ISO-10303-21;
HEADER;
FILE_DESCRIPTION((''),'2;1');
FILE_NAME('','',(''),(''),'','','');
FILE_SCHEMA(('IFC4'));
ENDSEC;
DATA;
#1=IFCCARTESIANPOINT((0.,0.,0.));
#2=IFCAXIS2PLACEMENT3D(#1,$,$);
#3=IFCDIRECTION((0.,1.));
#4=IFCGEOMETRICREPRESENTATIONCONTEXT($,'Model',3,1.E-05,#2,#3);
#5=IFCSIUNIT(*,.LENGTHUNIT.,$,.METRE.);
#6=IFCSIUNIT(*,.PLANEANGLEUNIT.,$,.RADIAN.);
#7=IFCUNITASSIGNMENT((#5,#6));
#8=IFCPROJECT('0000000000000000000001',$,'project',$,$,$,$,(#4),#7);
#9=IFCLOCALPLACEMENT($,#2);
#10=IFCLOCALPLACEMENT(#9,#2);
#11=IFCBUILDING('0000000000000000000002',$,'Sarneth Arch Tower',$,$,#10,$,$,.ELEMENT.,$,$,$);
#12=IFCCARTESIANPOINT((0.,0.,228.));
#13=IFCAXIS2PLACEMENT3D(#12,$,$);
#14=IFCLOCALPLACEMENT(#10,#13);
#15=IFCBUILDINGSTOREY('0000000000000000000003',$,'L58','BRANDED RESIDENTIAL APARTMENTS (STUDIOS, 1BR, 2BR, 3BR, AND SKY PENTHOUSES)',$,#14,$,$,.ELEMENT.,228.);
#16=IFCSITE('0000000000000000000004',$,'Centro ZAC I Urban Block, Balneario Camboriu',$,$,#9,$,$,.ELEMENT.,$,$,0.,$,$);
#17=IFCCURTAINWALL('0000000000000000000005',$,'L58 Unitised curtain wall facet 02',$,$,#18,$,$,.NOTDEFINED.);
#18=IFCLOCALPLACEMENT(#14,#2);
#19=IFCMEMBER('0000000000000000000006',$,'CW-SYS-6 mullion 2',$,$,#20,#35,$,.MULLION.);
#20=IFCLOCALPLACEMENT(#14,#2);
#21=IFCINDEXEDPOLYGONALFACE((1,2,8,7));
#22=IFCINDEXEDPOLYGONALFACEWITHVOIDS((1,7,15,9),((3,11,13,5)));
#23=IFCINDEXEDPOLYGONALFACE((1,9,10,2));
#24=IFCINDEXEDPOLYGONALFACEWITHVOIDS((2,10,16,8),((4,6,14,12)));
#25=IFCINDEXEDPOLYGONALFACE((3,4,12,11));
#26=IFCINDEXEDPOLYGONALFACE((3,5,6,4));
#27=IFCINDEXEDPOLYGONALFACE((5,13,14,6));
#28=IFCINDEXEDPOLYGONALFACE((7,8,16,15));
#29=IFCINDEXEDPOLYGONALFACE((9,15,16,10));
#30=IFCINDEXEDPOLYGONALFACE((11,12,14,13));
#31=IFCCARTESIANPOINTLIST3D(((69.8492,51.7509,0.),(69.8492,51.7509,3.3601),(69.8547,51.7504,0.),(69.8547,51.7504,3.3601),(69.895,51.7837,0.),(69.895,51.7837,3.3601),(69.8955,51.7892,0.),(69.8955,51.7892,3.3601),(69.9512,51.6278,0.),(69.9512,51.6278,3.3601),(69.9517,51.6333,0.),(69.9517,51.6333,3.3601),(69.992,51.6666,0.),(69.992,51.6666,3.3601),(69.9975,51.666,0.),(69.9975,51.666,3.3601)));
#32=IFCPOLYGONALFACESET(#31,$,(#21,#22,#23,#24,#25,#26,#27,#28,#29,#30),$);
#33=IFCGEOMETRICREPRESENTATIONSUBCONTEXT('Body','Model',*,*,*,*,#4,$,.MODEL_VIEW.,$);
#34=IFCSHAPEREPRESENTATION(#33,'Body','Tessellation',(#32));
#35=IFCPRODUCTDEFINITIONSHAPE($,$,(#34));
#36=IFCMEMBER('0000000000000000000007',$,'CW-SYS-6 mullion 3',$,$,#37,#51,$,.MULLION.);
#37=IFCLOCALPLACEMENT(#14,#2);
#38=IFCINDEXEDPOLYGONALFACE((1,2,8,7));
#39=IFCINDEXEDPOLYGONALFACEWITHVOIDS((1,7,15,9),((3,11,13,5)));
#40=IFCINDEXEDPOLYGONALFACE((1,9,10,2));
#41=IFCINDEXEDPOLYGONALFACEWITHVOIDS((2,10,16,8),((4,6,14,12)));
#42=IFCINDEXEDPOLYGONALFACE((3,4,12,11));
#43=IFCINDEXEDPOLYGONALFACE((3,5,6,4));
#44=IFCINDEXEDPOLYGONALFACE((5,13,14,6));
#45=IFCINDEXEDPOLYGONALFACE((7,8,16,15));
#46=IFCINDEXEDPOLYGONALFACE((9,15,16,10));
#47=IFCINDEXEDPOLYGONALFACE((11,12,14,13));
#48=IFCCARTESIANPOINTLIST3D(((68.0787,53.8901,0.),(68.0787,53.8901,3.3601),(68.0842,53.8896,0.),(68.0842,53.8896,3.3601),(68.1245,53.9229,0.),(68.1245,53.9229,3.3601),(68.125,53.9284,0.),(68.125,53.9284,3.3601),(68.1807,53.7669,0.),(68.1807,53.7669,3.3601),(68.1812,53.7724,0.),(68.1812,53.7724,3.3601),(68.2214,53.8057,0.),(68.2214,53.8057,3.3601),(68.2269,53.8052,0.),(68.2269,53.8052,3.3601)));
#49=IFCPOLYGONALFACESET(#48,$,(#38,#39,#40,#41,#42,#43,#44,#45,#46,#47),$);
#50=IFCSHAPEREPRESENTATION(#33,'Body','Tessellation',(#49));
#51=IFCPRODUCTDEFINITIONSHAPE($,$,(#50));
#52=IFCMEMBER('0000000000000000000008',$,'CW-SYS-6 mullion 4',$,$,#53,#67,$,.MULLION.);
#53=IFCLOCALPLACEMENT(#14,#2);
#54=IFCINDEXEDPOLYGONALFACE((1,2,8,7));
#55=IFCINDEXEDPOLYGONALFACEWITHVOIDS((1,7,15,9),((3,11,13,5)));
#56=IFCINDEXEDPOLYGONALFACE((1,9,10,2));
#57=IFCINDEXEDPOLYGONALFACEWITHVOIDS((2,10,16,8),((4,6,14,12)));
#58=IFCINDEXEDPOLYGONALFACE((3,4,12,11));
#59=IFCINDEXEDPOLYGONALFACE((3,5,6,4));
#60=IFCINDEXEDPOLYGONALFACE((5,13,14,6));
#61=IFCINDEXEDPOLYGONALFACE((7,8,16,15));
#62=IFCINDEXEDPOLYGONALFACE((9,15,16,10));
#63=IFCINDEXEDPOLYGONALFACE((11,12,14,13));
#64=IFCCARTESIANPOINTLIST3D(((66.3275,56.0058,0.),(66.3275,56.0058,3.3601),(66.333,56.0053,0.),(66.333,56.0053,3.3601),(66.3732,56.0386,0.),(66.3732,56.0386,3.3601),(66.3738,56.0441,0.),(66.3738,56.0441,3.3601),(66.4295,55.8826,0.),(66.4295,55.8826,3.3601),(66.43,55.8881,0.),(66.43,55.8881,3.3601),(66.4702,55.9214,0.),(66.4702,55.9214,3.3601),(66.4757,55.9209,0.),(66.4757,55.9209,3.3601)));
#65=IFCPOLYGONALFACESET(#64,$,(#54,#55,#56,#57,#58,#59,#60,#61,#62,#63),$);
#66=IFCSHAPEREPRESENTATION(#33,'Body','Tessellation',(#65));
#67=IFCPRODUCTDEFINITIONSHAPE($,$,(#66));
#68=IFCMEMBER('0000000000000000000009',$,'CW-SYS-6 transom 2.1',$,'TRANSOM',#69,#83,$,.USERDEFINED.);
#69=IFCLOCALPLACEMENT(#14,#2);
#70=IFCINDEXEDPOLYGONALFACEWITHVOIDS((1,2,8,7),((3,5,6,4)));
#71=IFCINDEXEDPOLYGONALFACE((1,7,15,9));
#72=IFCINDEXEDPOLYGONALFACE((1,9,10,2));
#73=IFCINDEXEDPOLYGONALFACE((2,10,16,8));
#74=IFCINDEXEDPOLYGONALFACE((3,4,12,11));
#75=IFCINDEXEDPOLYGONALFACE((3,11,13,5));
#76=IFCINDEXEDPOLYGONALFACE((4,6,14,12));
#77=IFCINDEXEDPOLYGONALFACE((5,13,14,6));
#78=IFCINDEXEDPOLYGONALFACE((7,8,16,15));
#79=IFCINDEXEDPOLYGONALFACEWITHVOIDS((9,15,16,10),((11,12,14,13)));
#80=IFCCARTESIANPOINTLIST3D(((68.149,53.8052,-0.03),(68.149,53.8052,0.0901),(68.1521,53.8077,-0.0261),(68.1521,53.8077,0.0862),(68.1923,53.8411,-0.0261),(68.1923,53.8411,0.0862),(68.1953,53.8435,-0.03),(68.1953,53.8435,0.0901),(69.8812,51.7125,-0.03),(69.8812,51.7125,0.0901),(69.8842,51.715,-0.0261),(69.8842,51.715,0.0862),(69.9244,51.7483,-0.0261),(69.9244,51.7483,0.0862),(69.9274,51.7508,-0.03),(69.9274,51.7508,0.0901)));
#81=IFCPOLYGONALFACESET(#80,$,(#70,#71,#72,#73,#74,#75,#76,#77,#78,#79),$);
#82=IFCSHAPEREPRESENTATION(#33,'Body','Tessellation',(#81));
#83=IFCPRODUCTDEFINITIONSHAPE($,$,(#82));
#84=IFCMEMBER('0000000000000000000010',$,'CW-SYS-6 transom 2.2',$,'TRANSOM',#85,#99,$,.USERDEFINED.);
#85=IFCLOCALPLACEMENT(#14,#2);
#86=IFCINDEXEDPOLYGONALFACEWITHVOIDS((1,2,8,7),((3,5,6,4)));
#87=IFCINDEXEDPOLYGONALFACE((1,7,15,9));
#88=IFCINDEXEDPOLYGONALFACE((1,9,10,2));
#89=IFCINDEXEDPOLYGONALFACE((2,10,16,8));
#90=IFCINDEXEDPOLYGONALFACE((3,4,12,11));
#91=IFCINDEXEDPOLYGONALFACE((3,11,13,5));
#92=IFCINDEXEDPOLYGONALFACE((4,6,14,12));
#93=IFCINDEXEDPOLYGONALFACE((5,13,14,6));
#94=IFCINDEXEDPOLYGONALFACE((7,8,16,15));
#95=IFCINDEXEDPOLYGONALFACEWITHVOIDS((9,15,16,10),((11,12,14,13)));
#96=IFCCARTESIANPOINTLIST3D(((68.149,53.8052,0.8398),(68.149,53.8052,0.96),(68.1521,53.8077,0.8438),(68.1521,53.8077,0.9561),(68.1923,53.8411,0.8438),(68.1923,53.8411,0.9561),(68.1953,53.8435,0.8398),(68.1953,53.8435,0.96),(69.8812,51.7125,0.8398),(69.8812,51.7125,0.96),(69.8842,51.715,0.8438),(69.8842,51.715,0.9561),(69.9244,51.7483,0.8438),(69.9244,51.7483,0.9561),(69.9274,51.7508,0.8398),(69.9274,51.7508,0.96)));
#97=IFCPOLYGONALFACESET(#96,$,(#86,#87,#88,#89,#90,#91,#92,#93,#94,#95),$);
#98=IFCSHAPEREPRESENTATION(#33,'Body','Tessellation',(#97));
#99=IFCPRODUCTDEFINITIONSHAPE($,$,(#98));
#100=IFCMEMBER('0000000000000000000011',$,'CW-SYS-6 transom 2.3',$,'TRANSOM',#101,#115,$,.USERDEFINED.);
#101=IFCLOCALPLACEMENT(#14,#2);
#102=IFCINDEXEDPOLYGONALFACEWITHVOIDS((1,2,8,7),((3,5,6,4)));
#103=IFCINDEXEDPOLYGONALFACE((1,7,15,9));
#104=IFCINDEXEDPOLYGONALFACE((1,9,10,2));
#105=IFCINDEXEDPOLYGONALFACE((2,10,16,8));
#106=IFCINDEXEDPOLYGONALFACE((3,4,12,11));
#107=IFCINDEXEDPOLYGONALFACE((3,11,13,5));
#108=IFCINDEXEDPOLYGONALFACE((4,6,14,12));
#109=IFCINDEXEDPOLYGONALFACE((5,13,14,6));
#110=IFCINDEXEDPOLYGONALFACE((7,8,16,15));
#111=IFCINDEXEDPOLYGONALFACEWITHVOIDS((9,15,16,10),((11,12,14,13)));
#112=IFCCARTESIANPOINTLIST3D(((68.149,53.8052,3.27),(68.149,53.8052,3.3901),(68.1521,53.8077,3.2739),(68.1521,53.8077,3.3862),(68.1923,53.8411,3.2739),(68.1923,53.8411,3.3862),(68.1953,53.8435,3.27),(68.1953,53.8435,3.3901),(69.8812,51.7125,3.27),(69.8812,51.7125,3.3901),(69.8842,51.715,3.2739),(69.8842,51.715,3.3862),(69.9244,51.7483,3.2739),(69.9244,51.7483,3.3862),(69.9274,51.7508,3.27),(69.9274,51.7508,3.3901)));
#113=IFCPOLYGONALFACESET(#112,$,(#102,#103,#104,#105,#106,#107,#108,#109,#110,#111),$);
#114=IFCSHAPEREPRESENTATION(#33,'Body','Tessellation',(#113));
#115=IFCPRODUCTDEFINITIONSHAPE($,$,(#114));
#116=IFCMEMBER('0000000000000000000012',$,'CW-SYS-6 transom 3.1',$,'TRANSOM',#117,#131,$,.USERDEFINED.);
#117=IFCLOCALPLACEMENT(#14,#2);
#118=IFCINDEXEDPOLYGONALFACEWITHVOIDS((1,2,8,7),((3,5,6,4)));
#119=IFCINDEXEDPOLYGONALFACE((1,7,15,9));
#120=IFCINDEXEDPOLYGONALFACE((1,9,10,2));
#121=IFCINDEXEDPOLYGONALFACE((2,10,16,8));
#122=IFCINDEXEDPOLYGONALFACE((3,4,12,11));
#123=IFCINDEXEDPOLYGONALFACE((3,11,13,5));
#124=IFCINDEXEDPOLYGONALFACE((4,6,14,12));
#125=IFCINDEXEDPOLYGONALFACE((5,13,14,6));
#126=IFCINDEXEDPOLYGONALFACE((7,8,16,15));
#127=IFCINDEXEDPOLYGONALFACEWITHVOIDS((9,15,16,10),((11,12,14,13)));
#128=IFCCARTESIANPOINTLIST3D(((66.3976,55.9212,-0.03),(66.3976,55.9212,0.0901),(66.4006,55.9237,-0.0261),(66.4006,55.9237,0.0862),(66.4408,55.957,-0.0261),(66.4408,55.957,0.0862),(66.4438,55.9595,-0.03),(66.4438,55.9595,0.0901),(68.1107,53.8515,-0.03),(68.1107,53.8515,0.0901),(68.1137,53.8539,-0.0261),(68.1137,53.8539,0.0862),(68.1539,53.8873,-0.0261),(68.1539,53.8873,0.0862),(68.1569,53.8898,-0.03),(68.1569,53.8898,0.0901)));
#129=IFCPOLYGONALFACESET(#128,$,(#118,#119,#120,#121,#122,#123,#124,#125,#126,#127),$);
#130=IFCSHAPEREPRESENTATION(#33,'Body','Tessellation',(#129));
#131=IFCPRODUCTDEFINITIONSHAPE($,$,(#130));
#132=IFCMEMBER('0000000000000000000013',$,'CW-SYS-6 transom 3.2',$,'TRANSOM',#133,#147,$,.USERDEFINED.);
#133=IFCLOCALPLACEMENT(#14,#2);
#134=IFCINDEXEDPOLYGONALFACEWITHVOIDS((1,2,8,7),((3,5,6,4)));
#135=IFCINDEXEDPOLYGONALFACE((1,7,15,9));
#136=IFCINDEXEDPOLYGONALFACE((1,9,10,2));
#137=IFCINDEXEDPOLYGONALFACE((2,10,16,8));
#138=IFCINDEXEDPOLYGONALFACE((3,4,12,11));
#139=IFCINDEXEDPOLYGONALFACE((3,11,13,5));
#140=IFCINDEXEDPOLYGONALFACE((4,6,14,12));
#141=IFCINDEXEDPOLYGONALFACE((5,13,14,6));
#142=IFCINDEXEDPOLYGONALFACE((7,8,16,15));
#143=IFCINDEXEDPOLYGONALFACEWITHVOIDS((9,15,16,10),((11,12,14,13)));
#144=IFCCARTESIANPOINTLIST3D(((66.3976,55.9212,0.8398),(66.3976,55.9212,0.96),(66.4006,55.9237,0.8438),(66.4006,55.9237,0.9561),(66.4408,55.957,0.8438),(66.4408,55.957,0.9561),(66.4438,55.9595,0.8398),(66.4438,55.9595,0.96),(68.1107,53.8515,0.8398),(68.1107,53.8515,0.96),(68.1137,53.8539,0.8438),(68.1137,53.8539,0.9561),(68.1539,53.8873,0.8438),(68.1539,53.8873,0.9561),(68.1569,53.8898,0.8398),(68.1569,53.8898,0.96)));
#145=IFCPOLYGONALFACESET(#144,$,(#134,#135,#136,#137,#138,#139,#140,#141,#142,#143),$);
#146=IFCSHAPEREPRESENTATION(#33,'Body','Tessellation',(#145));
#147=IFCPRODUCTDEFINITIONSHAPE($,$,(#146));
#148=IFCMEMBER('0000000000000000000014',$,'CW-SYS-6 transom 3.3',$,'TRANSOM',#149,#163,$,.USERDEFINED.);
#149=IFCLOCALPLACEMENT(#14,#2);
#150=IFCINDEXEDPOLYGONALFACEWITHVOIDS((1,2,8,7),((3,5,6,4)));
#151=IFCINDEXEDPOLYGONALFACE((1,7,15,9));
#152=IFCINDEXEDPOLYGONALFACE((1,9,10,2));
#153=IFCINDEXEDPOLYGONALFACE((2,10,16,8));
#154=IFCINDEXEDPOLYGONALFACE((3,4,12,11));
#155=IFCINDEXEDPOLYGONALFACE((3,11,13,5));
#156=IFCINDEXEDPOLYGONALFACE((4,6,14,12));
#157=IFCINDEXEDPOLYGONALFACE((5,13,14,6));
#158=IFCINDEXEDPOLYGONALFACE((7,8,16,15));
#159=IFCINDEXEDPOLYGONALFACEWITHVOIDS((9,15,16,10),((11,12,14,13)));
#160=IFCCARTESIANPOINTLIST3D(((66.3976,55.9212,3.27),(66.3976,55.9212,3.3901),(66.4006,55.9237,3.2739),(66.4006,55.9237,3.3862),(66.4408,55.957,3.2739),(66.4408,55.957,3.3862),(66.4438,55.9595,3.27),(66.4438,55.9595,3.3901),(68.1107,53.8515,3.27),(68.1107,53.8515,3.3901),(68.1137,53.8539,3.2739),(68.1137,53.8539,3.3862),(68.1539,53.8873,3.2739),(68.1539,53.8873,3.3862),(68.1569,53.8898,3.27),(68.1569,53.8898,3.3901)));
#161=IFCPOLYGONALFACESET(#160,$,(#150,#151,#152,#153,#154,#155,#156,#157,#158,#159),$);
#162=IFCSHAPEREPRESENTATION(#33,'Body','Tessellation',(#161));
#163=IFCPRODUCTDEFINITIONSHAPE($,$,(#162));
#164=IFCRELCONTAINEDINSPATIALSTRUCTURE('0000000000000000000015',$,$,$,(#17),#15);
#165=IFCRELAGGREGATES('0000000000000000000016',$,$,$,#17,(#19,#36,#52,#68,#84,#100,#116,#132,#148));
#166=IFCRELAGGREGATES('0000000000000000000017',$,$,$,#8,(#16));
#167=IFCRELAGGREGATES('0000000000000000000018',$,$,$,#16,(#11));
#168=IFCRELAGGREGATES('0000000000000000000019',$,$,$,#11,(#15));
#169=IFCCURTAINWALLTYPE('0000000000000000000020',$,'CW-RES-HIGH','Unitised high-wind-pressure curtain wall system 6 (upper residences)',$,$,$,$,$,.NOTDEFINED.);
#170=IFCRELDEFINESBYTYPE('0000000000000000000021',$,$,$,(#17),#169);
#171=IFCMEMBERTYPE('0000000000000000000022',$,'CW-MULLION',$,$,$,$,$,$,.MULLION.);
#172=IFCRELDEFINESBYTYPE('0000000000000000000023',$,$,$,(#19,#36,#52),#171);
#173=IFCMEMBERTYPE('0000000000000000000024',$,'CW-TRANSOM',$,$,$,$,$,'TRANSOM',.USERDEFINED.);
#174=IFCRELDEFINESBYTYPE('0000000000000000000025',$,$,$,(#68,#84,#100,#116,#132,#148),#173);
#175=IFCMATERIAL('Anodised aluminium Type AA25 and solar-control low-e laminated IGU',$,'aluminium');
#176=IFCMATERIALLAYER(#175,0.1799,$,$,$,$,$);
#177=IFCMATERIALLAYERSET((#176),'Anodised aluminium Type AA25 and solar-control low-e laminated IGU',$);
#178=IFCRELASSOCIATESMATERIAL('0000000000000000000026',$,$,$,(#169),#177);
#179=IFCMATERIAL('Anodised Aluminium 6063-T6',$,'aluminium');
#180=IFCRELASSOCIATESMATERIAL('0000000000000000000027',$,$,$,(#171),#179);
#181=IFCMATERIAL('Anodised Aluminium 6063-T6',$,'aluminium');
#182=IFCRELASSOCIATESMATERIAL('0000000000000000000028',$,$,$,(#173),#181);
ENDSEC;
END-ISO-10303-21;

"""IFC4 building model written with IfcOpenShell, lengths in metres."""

from ifc_helpers import new_model, si_unit, direction, frame, origin, origin_2d, place, context, subcontext, project, spatial, hollow_rectangle, extrude, material, layer, layer_set, material_profile, profile_set, type_object, element, aggregate, save


model = new_model("IFC4")

# Units and contexts
model_context = context("Model", 3, precision=1e-05, world=origin(), true_north=direction((0.0, 1.0)))
body_context = subcontext(model_context, "Body", "Model", "MODEL_VIEW")
ifc_project = project(units=[si_unit("LENGTHUNIT", "METRE"), si_unit("PLANEANGLEUNIT", "RADIAN")], contexts=[model_context])

# Site, building, storey
site_placement = place(None, origin())
site = spatial("IfcSite", under=ifc_project, at=site_placement, Name="Centro ZAC I Urban Block, Balneario Camboriu", CompositionType="ELEMENT", RefElevation=0.0)
building_placement = place(site_placement, origin())
building = spatial("IfcBuilding", under=site, at=building_placement, Name="Sarneth Arch Tower", CompositionType="ELEMENT")
storey_placement = place(building_placement, frame((0.0, 0.0, 228.0)))
storey = spatial("IfcBuildingStorey", under=building, at=storey_placement, Name="L58", Description="BRANDED RESIDENTIAL APARTMENTS (STUDIOS, 1BR, 2BR, 3BR, AND SKY PENTHOUSES)", CompositionType="ELEMENT", Elevation=228.0)

# Curtain wall, members
ifc_material_1 = material(Name="Anodised aluminium Type AA25 and solar-control low-e laminated IGU", Category="aluminium")
ifc_layer_1 = layer(ifc_material_1, 0.1799)
ifc_layer_set_1 = layer_set([ifc_layer_1], Name="Anodised aluminium Type AA25 and solar-control low-e laminated IGU")
curtain_wall_type = type_object("IfcCurtainWallType", Name="CW-RES-HIGH", Description="Unitised high-wind-pressure curtain wall system 6 (upper residences)", PredefinedType="NOTDEFINED", material=ifc_layer_set_1)
curtain_wall_placement = place(storey_placement, origin())
curtain_wall = element("IfcCurtainWall", 1, at=curtain_wall_placement, inside=storey, type_object=curtain_wall_type, Name="L58 Unitised curtain wall facet 02", PredefinedType="NOTDEFINED")
ifc_material_2 = material(Name="Anodised Aluminium 6063-T6", Category="aluminium")
ifc_material_profile_1 = material_profile(ifc_material_2, hollow_rectangle(XDim=0.0601, YDim=0.1599, WallThickness=0.0039, at=origin_2d()), Name="AL-MULL-160x60x4")
ifc_profile_set_1 = profile_set([ifc_material_profile_1], Name="Anodised Aluminium 6063-T6")
member_type_1 = type_object("IfcMemberType", Name="CW-MULLION", PredefinedType="MULLION", material=ifc_profile_set_1)
member_1_placement = place(storey_placement, frame((69.9233, 51.7085, 0.0), z_axis=(0.0, 0.0, 1.0), x_axis=(-0.770359, -0.63761, 0.0)))
member_1 = element("IfcMember", 2, at=member_1_placement, type_object=member_type_1, Name="CW-SYS-6 mullion 2", PredefinedType="MULLION", context=body_context, shape_type="SweptSolid", body=[
    extrude(hollow_rectangle(XDim=0.0601, YDim=0.1599, WallThickness=0.0039, at=origin_2d()), origin(), (0.0, 0.0, 1.0), 3.3601),
])
member_2_placement = place(storey_placement, frame((68.1528, 53.8477, 0.0), z_axis=(0.0, 0.0, 1.0), x_axis=(-0.770359, -0.63761, 0.0)))
member_2 = element("IfcMember", 3, at=member_2_placement, type_object=member_type_1, Name="CW-SYS-6 mullion 3", PredefinedType="MULLION", context=body_context, shape_type="SweptSolid", body=[
    extrude(hollow_rectangle(XDim=0.0601, YDim=0.1599, WallThickness=0.0039, at=origin_2d()), origin(), (0.0, 0.0, 1.0), 3.3601),
])
member_3_placement = place(storey_placement, frame((66.4016, 55.9634, 0.0), z_axis=(0.0, 0.0, 1.0), x_axis=(-0.770359, -0.63761, 0.0)))
member_3 = element("IfcMember", 4, at=member_3_placement, type_object=member_type_1, Name="CW-SYS-6 mullion 4", PredefinedType="MULLION", context=body_context, shape_type="SweptSolid", body=[
    extrude(hollow_rectangle(XDim=0.0601, YDim=0.1599, WallThickness=0.0039, at=origin_2d()), origin(), (0.0, 0.0, 1.0), 3.3601),
])
ifc_material_3 = material(Name="Anodised Aluminium 6063-T6", Category="aluminium")
ifc_material_profile_2 = material_profile(ifc_material_3, hollow_rectangle(XDim=0.0601, YDim=0.1201, WallThickness=0.0039, at=origin_2d()), Name="AL-TRAN-120x60x4")
ifc_profile_set_2 = profile_set([ifc_material_profile_2], Name="Anodised Aluminium 6063-T6")
member_type_2 = type_object("IfcMemberType", Name="CW-TRANSOM", ElementType="TRANSOM", PredefinedType="USERDEFINED", material=ifc_profile_set_2)
member_4_placement = place(storey_placement, frame((69.9043, 51.7317, 0.03), z_axis=(-0.637617, 0.770353, 0.0), x_axis=(-0.770353, -0.637617, 0.0)))
member_4 = element("IfcMember", 5, at=member_4_placement, type_object=member_type_2, Name="CW-SYS-6 transom 2.1", ObjectType="TRANSOM", PredefinedType="USERDEFINED", context=body_context, shape_type="SweptSolid", body=[
    extrude(hollow_rectangle(XDim=0.0601, YDim=0.1201, WallThickness=0.0039, at=origin_2d()), origin(), (0.0, 0.0, 1.0), 2.7166),
])
member_5_placement = place(storey_placement, frame((69.9043, 51.7317, 0.8999), z_axis=(-0.637617, 0.770353, 0.0), x_axis=(-0.770353, -0.637617, 0.0)))
member_5 = element("IfcMember", 6, at=member_5_placement, type_object=member_type_2, Name="CW-SYS-6 transom 2.2", ObjectType="TRANSOM", PredefinedType="USERDEFINED", context=body_context, shape_type="SweptSolid", body=[
    extrude(hollow_rectangle(XDim=0.0601, YDim=0.1201, WallThickness=0.0039, at=origin_2d()), origin(), (0.0, 0.0, 1.0), 2.7166),
])
member_6_placement = place(storey_placement, frame((69.9043, 51.7317, 3.3301), z_axis=(-0.637617, 0.770353, 0.0), x_axis=(-0.770353, -0.637617, 0.0)))
member_6 = element("IfcMember", 7, at=member_6_placement, type_object=member_type_2, Name="CW-SYS-6 transom 2.3", ObjectType="TRANSOM", PredefinedType="USERDEFINED", context=body_context, shape_type="SweptSolid", body=[
    extrude(hollow_rectangle(XDim=0.0601, YDim=0.1201, WallThickness=0.0039, at=origin_2d()), origin(), (0.0, 0.0, 1.0), 2.7166),
])
member_7_placement = place(storey_placement, frame((68.1338, 53.8706, 0.03), z_axis=(-0.637607, 0.770362, 0.0), x_axis=(-0.770362, -0.637607, 0.0)))
member_7 = element("IfcMember", 8, at=member_7_placement, type_object=member_type_2, Name="CW-SYS-6 transom 3.1", ObjectType="TRANSOM", PredefinedType="USERDEFINED", context=body_context, shape_type="SweptSolid", body=[
    extrude(hollow_rectangle(XDim=0.0601, YDim=0.1201, WallThickness=0.0039, at=origin_2d()), origin(), (0.0, 0.0, 1.0), 2.6868),
])
member_8_placement = place(storey_placement, frame((68.1338, 53.8706, 0.8999), z_axis=(-0.637607, 0.770362, 0.0), x_axis=(-0.770362, -0.637607, 0.0)))
member_8 = element("IfcMember", 9, at=member_8_placement, type_object=member_type_2, Name="CW-SYS-6 transom 3.2", ObjectType="TRANSOM", PredefinedType="USERDEFINED", context=body_context, shape_type="SweptSolid", body=[
    extrude(hollow_rectangle(XDim=0.0601, YDim=0.1201, WallThickness=0.0039, at=origin_2d()), origin(), (0.0, 0.0, 1.0), 2.6868),
])
member_9_placement = place(storey_placement, frame((68.1338, 53.8706, 3.3301), z_axis=(-0.637607, 0.770362, 0.0), x_axis=(-0.770362, -0.637607, 0.0)))
member_9 = element("IfcMember", 10, at=member_9_placement, type_object=member_type_2, Name="CW-SYS-6 transom 3.3", ObjectType="TRANSOM", PredefinedType="USERDEFINED", context=body_context, shape_type="SweptSolid", body=[
    extrude(hollow_rectangle(XDim=0.0601, YDim=0.1201, WallThickness=0.0039, at=origin_2d()), origin(), (0.0, 0.0, 1.0), 2.6868),
])

aggregate(curtain_wall, [member_1, member_2, member_3, member_4, member_5, member_6, member_7, member_8, member_9])

save(model, "model.ifc")
